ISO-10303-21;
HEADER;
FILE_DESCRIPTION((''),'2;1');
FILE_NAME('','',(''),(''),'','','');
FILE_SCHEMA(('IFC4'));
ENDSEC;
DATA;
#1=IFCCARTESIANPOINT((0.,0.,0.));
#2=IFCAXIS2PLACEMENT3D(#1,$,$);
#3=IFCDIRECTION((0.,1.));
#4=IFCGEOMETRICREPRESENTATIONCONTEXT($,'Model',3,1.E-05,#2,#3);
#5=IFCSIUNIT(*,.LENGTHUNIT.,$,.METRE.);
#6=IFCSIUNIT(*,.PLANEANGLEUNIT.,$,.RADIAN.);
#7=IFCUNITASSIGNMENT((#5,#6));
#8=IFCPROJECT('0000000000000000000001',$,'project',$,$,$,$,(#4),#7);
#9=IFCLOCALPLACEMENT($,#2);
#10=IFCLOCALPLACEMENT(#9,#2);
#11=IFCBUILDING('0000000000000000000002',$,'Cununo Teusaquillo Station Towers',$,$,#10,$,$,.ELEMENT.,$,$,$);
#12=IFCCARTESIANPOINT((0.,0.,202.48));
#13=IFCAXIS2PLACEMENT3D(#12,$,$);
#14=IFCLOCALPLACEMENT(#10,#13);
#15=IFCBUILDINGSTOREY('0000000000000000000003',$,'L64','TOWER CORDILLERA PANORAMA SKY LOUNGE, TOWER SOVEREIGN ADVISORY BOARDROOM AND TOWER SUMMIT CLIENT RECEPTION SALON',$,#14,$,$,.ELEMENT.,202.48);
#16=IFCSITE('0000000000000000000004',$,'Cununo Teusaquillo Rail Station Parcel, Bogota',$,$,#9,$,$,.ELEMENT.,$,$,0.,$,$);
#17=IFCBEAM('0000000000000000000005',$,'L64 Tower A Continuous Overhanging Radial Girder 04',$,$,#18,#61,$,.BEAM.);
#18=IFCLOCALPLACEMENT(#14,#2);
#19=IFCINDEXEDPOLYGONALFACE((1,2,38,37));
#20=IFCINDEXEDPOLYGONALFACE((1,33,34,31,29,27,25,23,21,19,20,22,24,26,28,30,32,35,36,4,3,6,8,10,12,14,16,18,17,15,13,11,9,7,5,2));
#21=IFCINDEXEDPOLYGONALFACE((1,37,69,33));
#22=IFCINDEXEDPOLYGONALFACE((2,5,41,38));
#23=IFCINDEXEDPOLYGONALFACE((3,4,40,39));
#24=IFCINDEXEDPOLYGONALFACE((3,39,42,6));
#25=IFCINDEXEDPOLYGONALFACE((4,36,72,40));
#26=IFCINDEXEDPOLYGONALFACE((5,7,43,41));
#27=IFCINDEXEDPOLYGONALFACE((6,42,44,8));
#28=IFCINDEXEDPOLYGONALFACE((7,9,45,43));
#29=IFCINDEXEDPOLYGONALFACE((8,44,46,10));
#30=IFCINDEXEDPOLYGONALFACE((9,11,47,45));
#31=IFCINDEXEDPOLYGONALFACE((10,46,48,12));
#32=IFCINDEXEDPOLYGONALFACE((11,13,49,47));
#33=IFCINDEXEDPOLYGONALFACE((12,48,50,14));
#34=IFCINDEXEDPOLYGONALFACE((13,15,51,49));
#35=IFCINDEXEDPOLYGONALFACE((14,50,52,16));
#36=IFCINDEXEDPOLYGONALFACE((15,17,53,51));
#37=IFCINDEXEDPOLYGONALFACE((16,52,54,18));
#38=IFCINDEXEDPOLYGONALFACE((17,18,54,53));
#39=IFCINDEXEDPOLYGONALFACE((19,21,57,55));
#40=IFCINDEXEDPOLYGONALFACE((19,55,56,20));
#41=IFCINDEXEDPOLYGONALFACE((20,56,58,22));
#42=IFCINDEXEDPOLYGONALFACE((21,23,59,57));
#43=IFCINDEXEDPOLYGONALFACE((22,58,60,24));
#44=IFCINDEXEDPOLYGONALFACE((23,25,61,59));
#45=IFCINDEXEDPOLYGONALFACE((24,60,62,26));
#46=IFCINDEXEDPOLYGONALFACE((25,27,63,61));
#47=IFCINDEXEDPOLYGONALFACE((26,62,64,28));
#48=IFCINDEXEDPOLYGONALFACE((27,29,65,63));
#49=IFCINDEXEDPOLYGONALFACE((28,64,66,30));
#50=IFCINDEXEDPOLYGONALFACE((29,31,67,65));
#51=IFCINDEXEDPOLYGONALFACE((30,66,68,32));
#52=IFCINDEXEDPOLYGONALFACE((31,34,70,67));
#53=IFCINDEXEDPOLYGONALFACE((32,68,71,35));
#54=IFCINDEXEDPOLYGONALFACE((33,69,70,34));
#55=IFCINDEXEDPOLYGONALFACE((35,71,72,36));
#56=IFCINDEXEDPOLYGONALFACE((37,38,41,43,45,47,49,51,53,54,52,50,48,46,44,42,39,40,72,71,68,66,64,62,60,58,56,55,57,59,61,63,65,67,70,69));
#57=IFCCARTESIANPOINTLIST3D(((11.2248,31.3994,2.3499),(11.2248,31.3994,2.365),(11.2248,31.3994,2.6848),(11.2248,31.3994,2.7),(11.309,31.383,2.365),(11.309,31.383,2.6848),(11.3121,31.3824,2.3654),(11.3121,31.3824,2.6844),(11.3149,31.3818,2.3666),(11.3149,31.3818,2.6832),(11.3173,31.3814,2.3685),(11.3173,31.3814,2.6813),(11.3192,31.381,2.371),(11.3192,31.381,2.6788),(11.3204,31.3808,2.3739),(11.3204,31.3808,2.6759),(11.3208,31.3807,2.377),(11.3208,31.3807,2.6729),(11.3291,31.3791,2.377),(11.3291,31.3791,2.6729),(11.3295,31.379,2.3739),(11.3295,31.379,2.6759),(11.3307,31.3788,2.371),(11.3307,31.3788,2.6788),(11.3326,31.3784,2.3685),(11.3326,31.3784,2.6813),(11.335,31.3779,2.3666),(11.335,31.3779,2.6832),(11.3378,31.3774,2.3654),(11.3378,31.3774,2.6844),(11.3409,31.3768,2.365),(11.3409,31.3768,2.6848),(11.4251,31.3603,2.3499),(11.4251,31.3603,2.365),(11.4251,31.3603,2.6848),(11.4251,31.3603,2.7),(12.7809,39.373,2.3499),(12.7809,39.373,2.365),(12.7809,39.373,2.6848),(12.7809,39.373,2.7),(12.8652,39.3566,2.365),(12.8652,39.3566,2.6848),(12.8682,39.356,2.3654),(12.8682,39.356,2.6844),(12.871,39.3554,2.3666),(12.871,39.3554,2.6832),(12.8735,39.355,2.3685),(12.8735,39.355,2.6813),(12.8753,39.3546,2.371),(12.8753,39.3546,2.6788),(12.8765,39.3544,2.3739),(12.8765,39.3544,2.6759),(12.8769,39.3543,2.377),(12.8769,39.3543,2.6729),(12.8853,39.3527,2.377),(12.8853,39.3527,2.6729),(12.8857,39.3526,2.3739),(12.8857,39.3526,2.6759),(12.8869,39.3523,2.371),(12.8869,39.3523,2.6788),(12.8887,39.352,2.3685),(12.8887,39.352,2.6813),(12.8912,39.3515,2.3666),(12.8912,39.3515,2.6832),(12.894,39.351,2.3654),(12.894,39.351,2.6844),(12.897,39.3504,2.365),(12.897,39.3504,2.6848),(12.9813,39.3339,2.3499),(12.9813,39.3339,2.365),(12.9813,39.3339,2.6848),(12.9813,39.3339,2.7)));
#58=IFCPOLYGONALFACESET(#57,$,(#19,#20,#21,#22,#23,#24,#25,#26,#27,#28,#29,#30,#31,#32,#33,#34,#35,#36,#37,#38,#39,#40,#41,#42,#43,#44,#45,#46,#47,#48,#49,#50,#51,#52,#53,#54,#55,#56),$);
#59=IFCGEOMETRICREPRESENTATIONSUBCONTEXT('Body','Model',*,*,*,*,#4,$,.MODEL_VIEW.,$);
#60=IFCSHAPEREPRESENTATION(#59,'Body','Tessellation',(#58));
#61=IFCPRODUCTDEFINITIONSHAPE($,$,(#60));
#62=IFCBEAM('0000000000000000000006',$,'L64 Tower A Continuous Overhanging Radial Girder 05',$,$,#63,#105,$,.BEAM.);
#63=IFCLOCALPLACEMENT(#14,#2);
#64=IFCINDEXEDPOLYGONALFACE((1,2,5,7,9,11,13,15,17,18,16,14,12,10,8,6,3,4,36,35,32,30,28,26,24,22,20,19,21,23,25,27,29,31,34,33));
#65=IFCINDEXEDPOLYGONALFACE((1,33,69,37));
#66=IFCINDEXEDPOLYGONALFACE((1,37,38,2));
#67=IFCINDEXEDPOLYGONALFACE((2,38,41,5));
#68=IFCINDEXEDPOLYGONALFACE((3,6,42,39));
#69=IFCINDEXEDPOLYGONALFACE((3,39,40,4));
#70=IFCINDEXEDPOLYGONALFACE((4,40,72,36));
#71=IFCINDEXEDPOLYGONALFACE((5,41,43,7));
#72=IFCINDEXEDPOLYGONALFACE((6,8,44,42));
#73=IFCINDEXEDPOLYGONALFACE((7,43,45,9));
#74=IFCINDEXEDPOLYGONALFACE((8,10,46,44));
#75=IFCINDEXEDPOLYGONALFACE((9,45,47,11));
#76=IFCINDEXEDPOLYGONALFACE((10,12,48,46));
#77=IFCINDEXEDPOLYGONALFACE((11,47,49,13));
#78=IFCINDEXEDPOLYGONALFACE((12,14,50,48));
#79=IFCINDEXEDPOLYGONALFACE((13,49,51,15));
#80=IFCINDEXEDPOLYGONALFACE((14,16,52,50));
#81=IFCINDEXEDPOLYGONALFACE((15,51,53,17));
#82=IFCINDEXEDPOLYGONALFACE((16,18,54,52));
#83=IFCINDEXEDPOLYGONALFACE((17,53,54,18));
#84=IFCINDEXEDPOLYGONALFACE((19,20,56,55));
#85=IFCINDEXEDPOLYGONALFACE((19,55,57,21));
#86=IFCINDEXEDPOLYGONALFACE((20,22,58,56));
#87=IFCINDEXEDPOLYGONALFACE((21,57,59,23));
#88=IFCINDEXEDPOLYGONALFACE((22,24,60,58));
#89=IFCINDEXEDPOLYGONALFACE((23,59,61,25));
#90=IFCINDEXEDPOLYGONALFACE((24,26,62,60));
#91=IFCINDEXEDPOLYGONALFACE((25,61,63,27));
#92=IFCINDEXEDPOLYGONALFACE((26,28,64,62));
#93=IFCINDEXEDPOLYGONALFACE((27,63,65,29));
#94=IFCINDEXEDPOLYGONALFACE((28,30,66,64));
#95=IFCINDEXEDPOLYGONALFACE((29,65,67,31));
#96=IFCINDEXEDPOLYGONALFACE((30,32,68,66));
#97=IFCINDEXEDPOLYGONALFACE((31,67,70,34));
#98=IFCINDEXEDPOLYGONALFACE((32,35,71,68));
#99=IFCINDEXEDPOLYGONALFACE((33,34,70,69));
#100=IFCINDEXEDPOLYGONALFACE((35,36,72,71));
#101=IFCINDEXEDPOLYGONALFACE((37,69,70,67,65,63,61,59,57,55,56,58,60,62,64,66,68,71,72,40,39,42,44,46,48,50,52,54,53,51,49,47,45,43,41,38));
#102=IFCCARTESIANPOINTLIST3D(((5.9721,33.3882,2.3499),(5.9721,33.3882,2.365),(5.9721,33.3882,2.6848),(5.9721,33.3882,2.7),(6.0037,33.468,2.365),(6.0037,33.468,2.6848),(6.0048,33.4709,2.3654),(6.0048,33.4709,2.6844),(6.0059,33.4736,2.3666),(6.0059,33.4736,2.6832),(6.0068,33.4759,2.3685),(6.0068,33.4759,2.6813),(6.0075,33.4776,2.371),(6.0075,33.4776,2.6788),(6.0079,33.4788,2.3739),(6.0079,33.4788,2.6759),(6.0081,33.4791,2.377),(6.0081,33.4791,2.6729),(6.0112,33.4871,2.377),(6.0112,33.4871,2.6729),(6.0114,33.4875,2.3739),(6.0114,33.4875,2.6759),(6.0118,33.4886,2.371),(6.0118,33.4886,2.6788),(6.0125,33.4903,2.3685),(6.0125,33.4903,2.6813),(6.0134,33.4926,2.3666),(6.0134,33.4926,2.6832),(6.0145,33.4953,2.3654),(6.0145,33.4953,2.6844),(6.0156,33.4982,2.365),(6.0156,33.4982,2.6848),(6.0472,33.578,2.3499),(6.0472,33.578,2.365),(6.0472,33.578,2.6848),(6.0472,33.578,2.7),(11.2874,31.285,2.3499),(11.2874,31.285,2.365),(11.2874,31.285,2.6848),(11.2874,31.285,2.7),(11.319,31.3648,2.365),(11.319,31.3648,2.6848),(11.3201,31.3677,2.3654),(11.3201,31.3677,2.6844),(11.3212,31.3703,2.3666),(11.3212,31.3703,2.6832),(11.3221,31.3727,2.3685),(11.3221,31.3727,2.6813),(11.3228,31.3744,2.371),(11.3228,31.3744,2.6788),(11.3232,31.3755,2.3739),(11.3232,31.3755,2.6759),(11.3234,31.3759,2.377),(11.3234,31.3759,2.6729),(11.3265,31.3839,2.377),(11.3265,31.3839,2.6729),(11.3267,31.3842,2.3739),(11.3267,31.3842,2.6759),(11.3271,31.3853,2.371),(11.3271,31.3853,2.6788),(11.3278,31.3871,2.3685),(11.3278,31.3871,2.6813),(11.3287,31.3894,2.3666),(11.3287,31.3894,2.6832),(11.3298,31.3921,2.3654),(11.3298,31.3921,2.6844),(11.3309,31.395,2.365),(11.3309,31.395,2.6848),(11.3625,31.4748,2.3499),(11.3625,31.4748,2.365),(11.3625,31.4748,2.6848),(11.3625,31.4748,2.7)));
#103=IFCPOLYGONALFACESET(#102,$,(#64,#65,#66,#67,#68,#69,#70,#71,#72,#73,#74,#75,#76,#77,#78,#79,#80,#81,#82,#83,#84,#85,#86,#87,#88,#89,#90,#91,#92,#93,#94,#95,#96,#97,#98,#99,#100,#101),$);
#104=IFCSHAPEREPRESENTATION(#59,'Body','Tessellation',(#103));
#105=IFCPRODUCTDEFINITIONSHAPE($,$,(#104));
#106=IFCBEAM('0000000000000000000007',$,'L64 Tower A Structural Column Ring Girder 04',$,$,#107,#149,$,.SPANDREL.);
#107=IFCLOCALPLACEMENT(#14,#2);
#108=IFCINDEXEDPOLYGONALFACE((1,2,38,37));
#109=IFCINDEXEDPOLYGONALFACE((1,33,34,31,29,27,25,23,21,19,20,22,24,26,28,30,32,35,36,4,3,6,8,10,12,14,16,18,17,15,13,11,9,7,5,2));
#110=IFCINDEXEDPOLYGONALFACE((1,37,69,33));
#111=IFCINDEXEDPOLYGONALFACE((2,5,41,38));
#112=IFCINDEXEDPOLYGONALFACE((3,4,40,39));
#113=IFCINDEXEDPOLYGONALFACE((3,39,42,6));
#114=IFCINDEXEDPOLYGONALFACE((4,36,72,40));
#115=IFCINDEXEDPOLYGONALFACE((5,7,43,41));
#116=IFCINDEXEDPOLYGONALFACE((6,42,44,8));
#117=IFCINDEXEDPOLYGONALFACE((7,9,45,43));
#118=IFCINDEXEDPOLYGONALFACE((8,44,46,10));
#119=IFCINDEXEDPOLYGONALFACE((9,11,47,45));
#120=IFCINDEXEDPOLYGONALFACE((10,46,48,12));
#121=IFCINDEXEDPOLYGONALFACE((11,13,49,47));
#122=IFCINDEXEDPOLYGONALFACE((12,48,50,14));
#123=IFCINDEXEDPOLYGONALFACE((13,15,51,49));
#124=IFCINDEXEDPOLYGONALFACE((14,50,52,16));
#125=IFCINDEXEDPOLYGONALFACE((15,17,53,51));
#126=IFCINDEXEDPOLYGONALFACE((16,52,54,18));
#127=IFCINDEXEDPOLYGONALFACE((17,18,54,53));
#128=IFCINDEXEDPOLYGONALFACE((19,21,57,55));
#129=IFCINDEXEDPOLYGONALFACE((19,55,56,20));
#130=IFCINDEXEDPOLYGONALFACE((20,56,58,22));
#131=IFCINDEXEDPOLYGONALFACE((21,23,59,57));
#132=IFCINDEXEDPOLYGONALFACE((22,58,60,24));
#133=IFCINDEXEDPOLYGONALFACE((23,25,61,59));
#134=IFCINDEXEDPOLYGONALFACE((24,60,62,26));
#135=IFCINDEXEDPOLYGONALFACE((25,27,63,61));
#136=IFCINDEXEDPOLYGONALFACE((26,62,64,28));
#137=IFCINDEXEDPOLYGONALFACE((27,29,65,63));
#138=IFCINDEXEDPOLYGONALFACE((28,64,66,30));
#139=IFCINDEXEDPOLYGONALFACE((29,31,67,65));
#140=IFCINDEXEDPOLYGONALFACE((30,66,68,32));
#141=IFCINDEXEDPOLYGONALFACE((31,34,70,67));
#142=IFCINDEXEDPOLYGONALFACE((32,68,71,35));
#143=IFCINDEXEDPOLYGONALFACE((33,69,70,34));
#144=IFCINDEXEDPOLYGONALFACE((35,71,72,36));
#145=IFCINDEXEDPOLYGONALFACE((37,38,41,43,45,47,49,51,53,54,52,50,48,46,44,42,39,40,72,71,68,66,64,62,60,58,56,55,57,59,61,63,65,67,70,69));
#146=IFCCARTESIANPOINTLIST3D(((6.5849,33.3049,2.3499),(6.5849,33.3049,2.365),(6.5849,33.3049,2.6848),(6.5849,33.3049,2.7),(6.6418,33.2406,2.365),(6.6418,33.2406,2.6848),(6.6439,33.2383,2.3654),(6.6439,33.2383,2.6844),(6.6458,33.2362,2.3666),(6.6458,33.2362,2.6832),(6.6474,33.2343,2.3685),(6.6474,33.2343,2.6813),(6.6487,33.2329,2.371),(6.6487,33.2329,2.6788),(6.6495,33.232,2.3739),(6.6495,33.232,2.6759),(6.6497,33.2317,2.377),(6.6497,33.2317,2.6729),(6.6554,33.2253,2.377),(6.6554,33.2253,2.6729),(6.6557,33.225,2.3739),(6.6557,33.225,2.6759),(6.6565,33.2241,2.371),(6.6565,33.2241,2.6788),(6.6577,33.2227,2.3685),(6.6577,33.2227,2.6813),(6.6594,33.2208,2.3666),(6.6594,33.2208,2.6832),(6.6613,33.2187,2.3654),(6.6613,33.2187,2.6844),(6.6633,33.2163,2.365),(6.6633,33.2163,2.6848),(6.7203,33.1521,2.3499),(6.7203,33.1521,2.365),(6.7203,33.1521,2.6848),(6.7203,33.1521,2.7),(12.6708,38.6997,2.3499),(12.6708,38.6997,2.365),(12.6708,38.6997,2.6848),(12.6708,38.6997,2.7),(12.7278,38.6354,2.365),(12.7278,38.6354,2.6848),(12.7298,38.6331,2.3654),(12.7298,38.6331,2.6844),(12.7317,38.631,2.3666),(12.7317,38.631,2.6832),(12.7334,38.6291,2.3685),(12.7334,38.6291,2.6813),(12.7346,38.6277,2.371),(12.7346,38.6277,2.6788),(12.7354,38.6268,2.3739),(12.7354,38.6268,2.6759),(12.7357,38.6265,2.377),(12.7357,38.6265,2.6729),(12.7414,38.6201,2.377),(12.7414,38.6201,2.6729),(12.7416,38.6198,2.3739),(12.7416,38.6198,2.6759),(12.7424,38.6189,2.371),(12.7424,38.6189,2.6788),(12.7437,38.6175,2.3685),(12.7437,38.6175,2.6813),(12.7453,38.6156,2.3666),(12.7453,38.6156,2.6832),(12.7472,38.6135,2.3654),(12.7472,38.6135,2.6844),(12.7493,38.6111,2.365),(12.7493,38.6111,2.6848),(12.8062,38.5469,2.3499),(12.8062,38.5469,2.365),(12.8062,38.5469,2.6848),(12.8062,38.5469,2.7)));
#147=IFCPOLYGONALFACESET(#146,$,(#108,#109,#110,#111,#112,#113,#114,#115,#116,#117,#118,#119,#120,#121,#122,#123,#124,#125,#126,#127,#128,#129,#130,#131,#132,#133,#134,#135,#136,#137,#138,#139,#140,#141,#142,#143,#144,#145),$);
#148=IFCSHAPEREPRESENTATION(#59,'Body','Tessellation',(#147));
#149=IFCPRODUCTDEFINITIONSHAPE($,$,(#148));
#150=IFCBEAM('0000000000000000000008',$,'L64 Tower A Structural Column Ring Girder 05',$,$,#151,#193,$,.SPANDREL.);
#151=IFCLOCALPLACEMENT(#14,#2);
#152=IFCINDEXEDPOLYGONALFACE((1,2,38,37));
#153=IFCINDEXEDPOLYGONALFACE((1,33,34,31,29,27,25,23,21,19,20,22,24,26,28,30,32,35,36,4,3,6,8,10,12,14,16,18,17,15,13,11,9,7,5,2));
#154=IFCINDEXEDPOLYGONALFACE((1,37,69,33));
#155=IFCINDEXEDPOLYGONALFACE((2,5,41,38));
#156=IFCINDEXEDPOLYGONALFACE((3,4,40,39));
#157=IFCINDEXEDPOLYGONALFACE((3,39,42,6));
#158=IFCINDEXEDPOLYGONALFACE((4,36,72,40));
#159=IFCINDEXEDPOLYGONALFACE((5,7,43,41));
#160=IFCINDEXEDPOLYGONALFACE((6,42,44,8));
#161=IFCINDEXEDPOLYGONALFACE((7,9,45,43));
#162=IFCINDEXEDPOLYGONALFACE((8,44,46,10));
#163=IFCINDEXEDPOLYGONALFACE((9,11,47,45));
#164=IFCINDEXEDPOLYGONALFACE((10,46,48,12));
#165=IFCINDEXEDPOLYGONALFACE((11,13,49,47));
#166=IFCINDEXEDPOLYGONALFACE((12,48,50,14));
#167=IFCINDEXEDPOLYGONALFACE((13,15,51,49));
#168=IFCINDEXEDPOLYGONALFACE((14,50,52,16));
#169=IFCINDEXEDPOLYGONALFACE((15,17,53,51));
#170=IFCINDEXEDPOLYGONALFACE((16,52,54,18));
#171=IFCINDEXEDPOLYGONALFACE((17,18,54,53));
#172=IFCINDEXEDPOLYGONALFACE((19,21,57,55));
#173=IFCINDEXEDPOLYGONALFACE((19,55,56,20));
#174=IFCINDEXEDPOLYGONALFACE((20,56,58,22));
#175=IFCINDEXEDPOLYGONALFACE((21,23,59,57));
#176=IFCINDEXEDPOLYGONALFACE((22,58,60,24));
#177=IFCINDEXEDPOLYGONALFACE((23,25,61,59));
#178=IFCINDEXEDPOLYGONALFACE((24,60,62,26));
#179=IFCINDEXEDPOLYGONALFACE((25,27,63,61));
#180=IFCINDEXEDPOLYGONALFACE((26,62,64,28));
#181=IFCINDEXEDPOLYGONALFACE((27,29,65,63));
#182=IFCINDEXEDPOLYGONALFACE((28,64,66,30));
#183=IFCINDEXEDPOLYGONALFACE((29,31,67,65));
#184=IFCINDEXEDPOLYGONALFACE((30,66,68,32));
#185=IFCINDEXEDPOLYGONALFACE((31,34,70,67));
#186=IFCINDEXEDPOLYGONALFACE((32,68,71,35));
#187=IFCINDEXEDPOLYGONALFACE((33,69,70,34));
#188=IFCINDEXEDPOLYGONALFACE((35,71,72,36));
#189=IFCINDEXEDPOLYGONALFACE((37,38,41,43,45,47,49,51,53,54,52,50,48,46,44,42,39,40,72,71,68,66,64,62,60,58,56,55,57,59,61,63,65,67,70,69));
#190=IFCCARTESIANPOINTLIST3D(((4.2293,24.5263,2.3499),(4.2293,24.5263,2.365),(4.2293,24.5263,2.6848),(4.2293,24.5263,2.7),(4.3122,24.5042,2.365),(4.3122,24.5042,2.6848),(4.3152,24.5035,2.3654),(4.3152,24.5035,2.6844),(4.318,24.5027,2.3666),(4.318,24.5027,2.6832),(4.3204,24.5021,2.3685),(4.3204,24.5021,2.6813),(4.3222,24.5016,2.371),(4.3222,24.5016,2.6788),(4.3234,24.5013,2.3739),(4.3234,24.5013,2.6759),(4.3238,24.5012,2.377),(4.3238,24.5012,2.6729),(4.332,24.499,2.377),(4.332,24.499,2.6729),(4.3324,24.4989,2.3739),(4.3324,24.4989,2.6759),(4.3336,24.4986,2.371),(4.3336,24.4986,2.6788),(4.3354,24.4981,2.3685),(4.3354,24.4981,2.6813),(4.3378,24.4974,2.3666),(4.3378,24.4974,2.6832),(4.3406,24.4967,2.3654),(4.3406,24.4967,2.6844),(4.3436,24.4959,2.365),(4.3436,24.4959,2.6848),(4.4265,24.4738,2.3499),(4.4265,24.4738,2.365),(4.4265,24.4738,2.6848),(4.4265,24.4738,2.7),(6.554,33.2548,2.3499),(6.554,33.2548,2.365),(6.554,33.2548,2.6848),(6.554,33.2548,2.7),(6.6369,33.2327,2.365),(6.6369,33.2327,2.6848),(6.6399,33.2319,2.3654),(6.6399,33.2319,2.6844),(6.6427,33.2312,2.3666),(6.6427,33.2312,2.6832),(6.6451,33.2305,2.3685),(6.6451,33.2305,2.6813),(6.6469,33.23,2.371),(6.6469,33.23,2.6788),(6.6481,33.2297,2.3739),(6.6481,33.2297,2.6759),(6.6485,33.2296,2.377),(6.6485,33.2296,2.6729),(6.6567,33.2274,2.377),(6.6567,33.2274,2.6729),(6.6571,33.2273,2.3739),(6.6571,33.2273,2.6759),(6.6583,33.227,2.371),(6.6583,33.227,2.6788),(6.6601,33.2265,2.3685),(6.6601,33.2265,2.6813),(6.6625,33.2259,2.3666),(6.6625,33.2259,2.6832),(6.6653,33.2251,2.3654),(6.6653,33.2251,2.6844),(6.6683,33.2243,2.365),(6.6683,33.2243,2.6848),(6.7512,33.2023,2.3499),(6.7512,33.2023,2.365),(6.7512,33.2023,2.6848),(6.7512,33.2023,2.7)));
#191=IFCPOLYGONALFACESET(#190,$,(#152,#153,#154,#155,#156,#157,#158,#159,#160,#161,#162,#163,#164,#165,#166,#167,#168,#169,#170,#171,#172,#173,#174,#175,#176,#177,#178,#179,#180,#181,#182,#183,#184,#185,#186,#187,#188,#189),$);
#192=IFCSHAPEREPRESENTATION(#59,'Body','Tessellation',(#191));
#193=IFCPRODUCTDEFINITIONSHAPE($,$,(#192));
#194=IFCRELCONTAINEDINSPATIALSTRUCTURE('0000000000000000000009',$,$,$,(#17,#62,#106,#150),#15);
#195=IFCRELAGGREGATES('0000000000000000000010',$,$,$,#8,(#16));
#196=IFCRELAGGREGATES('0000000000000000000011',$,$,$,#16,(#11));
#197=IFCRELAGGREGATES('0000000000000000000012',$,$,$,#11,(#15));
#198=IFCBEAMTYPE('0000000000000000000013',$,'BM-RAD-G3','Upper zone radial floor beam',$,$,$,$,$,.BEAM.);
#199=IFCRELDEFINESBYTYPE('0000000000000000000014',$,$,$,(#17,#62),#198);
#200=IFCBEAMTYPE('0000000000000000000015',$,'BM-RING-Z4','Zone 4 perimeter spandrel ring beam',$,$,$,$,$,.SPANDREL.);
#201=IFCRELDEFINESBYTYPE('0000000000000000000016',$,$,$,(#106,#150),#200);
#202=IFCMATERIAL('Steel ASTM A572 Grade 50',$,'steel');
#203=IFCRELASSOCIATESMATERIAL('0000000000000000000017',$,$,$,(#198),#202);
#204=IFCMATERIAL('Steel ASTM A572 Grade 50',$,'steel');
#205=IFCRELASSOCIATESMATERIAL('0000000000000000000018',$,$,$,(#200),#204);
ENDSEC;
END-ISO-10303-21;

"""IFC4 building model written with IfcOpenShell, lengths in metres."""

from ifc_helpers import new_model, si_unit, direction, frame, origin, origin_2d, place, context, subcontext, project, spatial, i_section, extrude, material, material_profile, profile_set, type_object, element, save


model = new_model("IFC4")

# Units and contexts
model_context = context("Model", 3, precision=1e-05, world=origin(), true_north=direction((0.0, 1.0)))
body_context = subcontext(model_context, "Body", "Model", "MODEL_VIEW")
ifc_project = project(units=[si_unit("LENGTHUNIT", "METRE"), si_unit("PLANEANGLEUNIT", "RADIAN")], contexts=[model_context])

# Site, building, storey
site_placement = place(None, origin())
site = spatial("IfcSite", under=ifc_project, at=site_placement, Name="Cununo Teusaquillo Rail Station Parcel, Bogota", CompositionType="ELEMENT", RefElevation=0.0)
building_placement = place(site_placement, origin())
building = spatial("IfcBuilding", under=site, at=building_placement, Name="Cununo Teusaquillo Station Towers", CompositionType="ELEMENT")
storey_placement = place(building_placement, frame((0.0, 0.0, 202.48)))
storey = spatial("IfcBuildingStorey", under=building, at=storey_placement, Name="L64", Description="TOWER CORDILLERA PANORAMA SKY LOUNGE, TOWER SOVEREIGN ADVISORY BOARDROOM AND TOWER SUMMIT CLIENT RECEPTION SALON", CompositionType="ELEMENT", Elevation=202.48)

# Beams
ifc_material_1 = material(Name="Steel ASTM A572 Grade 50", Category="steel")
ifc_material_profile_1 = material_profile(ifc_material_1, i_section(OverallWidth=0.2041, OverallDepth=0.3501, WebThickness=0.0085, FlangeThickness=0.0151, FilletRadius=0.012, at=origin_2d()), Name="W14X48")
ifc_profile_set_1 = profile_set([ifc_material_profile_1], Name="Steel ASTM A572 Grade 50")
beam_type_1 = type_object("IfcBeamType", Name="BM-RAD-G3", Description="Upper zone radial floor beam", PredefinedType="BEAM", material=ifc_profile_set_1)
beam_1_placement = place(storey_placement, frame((11.325, 31.3799, 2.5249), z_axis=(0.191548, 0.981483, 0.0), x_axis=(-0.981483, 0.191548, 0.0)))
element("IfcBeam", 1, at=beam_1_placement, inside=storey, type_object=beam_type_1, Name="L64 Tower A Continuous Overhanging Radial Girder 04", PredefinedType="BEAM", context=body_context, shape_type="SweptSolid", body=[
    extrude(i_section(OverallWidth=0.2041, OverallDepth=0.3501, WebThickness=0.0085, FlangeThickness=0.0151, FilletRadius=0.012, at=origin_2d()), origin(), (0.0, 0.0, 1.0), 8.124),
])
beam_2_placement = place(storey_placement, frame((11.325, 31.3799, 2.5249), z_axis=(-0.929852, 0.367935, 0.0), x_axis=(-0.367935, -0.929852, 0.0)))
element("IfcBeam", 2, at=beam_2_placement, inside=storey, type_object=beam_type_1, Name="L64 Tower A Continuous Overhanging Radial Girder 05", PredefinedType="BEAM", context=body_context, shape_type="SweptSolid", body=[
    extrude(i_section(OverallWidth=0.2041, OverallDepth=0.3501, WebThickness=0.0085, FlangeThickness=0.0151, FilletRadius=0.012, at=origin_2d()), origin(), (0.0, 0.0, 1.0), 5.7163),
])
ifc_material_2 = material(Name="Steel ASTM A572 Grade 50", Category="steel")
ifc_material_profile_2 = material_profile(ifc_material_2, i_section(OverallWidth=0.2041, OverallDepth=0.3501, WebThickness=0.0085, FlangeThickness=0.0151, FilletRadius=0.012, at=origin_2d()), Name="W14X48")
ifc_profile_set_2 = profile_set([ifc_material_profile_2], Name="Steel ASTM A572 Grade 50")
beam_type_2 = type_object("IfcBeamType", Name="BM-RING-Z4", Description="Zone 4 perimeter spandrel ring beam", PredefinedType="SPANDREL", material=ifc_profile_set_2)
beam_3_placement = place(storey_placement, frame((12.7385, 38.6233, 2.5249), z_axis=(-0.748321, -0.663337, 0.0), x_axis=(0.663337, -0.748321, 0.0)))
element("IfcBeam", 3, at=beam_3_placement, inside=storey, type_object=beam_type_2, Name="L64 Tower A Structural Column Ring Girder 04", PredefinedType="SPANDREL", context=body_context, shape_type="SweptSolid", body=[
    extrude(i_section(OverallWidth=0.2041, OverallDepth=0.3501, WebThickness=0.0085, FlangeThickness=0.0151, FilletRadius=0.012, at=origin_2d()), origin(), (0.0, 0.0, 1.0), 8.1328),
])
beam_4_placement = place(storey_placement, frame((6.6526, 33.2285, 2.5249), z_axis=(-0.257363, -0.966315, 0.0), x_axis=(0.966315, -0.257363, 0.0)))
element("IfcBeam", 4, at=beam_4_placement, inside=storey, type_object=beam_type_2, Name="L64 Tower A Structural Column Ring Girder 05", PredefinedType="SPANDREL", context=body_context, shape_type="SweptSolid", body=[
    extrude(i_section(OverallWidth=0.2041, OverallDepth=0.3501, WebThickness=0.0085, FlangeThickness=0.0151, FilletRadius=0.012, at=origin_2d()), origin(), (0.0, 0.0, 1.0), 9.0327),
])

save(model, "model.ifc")
